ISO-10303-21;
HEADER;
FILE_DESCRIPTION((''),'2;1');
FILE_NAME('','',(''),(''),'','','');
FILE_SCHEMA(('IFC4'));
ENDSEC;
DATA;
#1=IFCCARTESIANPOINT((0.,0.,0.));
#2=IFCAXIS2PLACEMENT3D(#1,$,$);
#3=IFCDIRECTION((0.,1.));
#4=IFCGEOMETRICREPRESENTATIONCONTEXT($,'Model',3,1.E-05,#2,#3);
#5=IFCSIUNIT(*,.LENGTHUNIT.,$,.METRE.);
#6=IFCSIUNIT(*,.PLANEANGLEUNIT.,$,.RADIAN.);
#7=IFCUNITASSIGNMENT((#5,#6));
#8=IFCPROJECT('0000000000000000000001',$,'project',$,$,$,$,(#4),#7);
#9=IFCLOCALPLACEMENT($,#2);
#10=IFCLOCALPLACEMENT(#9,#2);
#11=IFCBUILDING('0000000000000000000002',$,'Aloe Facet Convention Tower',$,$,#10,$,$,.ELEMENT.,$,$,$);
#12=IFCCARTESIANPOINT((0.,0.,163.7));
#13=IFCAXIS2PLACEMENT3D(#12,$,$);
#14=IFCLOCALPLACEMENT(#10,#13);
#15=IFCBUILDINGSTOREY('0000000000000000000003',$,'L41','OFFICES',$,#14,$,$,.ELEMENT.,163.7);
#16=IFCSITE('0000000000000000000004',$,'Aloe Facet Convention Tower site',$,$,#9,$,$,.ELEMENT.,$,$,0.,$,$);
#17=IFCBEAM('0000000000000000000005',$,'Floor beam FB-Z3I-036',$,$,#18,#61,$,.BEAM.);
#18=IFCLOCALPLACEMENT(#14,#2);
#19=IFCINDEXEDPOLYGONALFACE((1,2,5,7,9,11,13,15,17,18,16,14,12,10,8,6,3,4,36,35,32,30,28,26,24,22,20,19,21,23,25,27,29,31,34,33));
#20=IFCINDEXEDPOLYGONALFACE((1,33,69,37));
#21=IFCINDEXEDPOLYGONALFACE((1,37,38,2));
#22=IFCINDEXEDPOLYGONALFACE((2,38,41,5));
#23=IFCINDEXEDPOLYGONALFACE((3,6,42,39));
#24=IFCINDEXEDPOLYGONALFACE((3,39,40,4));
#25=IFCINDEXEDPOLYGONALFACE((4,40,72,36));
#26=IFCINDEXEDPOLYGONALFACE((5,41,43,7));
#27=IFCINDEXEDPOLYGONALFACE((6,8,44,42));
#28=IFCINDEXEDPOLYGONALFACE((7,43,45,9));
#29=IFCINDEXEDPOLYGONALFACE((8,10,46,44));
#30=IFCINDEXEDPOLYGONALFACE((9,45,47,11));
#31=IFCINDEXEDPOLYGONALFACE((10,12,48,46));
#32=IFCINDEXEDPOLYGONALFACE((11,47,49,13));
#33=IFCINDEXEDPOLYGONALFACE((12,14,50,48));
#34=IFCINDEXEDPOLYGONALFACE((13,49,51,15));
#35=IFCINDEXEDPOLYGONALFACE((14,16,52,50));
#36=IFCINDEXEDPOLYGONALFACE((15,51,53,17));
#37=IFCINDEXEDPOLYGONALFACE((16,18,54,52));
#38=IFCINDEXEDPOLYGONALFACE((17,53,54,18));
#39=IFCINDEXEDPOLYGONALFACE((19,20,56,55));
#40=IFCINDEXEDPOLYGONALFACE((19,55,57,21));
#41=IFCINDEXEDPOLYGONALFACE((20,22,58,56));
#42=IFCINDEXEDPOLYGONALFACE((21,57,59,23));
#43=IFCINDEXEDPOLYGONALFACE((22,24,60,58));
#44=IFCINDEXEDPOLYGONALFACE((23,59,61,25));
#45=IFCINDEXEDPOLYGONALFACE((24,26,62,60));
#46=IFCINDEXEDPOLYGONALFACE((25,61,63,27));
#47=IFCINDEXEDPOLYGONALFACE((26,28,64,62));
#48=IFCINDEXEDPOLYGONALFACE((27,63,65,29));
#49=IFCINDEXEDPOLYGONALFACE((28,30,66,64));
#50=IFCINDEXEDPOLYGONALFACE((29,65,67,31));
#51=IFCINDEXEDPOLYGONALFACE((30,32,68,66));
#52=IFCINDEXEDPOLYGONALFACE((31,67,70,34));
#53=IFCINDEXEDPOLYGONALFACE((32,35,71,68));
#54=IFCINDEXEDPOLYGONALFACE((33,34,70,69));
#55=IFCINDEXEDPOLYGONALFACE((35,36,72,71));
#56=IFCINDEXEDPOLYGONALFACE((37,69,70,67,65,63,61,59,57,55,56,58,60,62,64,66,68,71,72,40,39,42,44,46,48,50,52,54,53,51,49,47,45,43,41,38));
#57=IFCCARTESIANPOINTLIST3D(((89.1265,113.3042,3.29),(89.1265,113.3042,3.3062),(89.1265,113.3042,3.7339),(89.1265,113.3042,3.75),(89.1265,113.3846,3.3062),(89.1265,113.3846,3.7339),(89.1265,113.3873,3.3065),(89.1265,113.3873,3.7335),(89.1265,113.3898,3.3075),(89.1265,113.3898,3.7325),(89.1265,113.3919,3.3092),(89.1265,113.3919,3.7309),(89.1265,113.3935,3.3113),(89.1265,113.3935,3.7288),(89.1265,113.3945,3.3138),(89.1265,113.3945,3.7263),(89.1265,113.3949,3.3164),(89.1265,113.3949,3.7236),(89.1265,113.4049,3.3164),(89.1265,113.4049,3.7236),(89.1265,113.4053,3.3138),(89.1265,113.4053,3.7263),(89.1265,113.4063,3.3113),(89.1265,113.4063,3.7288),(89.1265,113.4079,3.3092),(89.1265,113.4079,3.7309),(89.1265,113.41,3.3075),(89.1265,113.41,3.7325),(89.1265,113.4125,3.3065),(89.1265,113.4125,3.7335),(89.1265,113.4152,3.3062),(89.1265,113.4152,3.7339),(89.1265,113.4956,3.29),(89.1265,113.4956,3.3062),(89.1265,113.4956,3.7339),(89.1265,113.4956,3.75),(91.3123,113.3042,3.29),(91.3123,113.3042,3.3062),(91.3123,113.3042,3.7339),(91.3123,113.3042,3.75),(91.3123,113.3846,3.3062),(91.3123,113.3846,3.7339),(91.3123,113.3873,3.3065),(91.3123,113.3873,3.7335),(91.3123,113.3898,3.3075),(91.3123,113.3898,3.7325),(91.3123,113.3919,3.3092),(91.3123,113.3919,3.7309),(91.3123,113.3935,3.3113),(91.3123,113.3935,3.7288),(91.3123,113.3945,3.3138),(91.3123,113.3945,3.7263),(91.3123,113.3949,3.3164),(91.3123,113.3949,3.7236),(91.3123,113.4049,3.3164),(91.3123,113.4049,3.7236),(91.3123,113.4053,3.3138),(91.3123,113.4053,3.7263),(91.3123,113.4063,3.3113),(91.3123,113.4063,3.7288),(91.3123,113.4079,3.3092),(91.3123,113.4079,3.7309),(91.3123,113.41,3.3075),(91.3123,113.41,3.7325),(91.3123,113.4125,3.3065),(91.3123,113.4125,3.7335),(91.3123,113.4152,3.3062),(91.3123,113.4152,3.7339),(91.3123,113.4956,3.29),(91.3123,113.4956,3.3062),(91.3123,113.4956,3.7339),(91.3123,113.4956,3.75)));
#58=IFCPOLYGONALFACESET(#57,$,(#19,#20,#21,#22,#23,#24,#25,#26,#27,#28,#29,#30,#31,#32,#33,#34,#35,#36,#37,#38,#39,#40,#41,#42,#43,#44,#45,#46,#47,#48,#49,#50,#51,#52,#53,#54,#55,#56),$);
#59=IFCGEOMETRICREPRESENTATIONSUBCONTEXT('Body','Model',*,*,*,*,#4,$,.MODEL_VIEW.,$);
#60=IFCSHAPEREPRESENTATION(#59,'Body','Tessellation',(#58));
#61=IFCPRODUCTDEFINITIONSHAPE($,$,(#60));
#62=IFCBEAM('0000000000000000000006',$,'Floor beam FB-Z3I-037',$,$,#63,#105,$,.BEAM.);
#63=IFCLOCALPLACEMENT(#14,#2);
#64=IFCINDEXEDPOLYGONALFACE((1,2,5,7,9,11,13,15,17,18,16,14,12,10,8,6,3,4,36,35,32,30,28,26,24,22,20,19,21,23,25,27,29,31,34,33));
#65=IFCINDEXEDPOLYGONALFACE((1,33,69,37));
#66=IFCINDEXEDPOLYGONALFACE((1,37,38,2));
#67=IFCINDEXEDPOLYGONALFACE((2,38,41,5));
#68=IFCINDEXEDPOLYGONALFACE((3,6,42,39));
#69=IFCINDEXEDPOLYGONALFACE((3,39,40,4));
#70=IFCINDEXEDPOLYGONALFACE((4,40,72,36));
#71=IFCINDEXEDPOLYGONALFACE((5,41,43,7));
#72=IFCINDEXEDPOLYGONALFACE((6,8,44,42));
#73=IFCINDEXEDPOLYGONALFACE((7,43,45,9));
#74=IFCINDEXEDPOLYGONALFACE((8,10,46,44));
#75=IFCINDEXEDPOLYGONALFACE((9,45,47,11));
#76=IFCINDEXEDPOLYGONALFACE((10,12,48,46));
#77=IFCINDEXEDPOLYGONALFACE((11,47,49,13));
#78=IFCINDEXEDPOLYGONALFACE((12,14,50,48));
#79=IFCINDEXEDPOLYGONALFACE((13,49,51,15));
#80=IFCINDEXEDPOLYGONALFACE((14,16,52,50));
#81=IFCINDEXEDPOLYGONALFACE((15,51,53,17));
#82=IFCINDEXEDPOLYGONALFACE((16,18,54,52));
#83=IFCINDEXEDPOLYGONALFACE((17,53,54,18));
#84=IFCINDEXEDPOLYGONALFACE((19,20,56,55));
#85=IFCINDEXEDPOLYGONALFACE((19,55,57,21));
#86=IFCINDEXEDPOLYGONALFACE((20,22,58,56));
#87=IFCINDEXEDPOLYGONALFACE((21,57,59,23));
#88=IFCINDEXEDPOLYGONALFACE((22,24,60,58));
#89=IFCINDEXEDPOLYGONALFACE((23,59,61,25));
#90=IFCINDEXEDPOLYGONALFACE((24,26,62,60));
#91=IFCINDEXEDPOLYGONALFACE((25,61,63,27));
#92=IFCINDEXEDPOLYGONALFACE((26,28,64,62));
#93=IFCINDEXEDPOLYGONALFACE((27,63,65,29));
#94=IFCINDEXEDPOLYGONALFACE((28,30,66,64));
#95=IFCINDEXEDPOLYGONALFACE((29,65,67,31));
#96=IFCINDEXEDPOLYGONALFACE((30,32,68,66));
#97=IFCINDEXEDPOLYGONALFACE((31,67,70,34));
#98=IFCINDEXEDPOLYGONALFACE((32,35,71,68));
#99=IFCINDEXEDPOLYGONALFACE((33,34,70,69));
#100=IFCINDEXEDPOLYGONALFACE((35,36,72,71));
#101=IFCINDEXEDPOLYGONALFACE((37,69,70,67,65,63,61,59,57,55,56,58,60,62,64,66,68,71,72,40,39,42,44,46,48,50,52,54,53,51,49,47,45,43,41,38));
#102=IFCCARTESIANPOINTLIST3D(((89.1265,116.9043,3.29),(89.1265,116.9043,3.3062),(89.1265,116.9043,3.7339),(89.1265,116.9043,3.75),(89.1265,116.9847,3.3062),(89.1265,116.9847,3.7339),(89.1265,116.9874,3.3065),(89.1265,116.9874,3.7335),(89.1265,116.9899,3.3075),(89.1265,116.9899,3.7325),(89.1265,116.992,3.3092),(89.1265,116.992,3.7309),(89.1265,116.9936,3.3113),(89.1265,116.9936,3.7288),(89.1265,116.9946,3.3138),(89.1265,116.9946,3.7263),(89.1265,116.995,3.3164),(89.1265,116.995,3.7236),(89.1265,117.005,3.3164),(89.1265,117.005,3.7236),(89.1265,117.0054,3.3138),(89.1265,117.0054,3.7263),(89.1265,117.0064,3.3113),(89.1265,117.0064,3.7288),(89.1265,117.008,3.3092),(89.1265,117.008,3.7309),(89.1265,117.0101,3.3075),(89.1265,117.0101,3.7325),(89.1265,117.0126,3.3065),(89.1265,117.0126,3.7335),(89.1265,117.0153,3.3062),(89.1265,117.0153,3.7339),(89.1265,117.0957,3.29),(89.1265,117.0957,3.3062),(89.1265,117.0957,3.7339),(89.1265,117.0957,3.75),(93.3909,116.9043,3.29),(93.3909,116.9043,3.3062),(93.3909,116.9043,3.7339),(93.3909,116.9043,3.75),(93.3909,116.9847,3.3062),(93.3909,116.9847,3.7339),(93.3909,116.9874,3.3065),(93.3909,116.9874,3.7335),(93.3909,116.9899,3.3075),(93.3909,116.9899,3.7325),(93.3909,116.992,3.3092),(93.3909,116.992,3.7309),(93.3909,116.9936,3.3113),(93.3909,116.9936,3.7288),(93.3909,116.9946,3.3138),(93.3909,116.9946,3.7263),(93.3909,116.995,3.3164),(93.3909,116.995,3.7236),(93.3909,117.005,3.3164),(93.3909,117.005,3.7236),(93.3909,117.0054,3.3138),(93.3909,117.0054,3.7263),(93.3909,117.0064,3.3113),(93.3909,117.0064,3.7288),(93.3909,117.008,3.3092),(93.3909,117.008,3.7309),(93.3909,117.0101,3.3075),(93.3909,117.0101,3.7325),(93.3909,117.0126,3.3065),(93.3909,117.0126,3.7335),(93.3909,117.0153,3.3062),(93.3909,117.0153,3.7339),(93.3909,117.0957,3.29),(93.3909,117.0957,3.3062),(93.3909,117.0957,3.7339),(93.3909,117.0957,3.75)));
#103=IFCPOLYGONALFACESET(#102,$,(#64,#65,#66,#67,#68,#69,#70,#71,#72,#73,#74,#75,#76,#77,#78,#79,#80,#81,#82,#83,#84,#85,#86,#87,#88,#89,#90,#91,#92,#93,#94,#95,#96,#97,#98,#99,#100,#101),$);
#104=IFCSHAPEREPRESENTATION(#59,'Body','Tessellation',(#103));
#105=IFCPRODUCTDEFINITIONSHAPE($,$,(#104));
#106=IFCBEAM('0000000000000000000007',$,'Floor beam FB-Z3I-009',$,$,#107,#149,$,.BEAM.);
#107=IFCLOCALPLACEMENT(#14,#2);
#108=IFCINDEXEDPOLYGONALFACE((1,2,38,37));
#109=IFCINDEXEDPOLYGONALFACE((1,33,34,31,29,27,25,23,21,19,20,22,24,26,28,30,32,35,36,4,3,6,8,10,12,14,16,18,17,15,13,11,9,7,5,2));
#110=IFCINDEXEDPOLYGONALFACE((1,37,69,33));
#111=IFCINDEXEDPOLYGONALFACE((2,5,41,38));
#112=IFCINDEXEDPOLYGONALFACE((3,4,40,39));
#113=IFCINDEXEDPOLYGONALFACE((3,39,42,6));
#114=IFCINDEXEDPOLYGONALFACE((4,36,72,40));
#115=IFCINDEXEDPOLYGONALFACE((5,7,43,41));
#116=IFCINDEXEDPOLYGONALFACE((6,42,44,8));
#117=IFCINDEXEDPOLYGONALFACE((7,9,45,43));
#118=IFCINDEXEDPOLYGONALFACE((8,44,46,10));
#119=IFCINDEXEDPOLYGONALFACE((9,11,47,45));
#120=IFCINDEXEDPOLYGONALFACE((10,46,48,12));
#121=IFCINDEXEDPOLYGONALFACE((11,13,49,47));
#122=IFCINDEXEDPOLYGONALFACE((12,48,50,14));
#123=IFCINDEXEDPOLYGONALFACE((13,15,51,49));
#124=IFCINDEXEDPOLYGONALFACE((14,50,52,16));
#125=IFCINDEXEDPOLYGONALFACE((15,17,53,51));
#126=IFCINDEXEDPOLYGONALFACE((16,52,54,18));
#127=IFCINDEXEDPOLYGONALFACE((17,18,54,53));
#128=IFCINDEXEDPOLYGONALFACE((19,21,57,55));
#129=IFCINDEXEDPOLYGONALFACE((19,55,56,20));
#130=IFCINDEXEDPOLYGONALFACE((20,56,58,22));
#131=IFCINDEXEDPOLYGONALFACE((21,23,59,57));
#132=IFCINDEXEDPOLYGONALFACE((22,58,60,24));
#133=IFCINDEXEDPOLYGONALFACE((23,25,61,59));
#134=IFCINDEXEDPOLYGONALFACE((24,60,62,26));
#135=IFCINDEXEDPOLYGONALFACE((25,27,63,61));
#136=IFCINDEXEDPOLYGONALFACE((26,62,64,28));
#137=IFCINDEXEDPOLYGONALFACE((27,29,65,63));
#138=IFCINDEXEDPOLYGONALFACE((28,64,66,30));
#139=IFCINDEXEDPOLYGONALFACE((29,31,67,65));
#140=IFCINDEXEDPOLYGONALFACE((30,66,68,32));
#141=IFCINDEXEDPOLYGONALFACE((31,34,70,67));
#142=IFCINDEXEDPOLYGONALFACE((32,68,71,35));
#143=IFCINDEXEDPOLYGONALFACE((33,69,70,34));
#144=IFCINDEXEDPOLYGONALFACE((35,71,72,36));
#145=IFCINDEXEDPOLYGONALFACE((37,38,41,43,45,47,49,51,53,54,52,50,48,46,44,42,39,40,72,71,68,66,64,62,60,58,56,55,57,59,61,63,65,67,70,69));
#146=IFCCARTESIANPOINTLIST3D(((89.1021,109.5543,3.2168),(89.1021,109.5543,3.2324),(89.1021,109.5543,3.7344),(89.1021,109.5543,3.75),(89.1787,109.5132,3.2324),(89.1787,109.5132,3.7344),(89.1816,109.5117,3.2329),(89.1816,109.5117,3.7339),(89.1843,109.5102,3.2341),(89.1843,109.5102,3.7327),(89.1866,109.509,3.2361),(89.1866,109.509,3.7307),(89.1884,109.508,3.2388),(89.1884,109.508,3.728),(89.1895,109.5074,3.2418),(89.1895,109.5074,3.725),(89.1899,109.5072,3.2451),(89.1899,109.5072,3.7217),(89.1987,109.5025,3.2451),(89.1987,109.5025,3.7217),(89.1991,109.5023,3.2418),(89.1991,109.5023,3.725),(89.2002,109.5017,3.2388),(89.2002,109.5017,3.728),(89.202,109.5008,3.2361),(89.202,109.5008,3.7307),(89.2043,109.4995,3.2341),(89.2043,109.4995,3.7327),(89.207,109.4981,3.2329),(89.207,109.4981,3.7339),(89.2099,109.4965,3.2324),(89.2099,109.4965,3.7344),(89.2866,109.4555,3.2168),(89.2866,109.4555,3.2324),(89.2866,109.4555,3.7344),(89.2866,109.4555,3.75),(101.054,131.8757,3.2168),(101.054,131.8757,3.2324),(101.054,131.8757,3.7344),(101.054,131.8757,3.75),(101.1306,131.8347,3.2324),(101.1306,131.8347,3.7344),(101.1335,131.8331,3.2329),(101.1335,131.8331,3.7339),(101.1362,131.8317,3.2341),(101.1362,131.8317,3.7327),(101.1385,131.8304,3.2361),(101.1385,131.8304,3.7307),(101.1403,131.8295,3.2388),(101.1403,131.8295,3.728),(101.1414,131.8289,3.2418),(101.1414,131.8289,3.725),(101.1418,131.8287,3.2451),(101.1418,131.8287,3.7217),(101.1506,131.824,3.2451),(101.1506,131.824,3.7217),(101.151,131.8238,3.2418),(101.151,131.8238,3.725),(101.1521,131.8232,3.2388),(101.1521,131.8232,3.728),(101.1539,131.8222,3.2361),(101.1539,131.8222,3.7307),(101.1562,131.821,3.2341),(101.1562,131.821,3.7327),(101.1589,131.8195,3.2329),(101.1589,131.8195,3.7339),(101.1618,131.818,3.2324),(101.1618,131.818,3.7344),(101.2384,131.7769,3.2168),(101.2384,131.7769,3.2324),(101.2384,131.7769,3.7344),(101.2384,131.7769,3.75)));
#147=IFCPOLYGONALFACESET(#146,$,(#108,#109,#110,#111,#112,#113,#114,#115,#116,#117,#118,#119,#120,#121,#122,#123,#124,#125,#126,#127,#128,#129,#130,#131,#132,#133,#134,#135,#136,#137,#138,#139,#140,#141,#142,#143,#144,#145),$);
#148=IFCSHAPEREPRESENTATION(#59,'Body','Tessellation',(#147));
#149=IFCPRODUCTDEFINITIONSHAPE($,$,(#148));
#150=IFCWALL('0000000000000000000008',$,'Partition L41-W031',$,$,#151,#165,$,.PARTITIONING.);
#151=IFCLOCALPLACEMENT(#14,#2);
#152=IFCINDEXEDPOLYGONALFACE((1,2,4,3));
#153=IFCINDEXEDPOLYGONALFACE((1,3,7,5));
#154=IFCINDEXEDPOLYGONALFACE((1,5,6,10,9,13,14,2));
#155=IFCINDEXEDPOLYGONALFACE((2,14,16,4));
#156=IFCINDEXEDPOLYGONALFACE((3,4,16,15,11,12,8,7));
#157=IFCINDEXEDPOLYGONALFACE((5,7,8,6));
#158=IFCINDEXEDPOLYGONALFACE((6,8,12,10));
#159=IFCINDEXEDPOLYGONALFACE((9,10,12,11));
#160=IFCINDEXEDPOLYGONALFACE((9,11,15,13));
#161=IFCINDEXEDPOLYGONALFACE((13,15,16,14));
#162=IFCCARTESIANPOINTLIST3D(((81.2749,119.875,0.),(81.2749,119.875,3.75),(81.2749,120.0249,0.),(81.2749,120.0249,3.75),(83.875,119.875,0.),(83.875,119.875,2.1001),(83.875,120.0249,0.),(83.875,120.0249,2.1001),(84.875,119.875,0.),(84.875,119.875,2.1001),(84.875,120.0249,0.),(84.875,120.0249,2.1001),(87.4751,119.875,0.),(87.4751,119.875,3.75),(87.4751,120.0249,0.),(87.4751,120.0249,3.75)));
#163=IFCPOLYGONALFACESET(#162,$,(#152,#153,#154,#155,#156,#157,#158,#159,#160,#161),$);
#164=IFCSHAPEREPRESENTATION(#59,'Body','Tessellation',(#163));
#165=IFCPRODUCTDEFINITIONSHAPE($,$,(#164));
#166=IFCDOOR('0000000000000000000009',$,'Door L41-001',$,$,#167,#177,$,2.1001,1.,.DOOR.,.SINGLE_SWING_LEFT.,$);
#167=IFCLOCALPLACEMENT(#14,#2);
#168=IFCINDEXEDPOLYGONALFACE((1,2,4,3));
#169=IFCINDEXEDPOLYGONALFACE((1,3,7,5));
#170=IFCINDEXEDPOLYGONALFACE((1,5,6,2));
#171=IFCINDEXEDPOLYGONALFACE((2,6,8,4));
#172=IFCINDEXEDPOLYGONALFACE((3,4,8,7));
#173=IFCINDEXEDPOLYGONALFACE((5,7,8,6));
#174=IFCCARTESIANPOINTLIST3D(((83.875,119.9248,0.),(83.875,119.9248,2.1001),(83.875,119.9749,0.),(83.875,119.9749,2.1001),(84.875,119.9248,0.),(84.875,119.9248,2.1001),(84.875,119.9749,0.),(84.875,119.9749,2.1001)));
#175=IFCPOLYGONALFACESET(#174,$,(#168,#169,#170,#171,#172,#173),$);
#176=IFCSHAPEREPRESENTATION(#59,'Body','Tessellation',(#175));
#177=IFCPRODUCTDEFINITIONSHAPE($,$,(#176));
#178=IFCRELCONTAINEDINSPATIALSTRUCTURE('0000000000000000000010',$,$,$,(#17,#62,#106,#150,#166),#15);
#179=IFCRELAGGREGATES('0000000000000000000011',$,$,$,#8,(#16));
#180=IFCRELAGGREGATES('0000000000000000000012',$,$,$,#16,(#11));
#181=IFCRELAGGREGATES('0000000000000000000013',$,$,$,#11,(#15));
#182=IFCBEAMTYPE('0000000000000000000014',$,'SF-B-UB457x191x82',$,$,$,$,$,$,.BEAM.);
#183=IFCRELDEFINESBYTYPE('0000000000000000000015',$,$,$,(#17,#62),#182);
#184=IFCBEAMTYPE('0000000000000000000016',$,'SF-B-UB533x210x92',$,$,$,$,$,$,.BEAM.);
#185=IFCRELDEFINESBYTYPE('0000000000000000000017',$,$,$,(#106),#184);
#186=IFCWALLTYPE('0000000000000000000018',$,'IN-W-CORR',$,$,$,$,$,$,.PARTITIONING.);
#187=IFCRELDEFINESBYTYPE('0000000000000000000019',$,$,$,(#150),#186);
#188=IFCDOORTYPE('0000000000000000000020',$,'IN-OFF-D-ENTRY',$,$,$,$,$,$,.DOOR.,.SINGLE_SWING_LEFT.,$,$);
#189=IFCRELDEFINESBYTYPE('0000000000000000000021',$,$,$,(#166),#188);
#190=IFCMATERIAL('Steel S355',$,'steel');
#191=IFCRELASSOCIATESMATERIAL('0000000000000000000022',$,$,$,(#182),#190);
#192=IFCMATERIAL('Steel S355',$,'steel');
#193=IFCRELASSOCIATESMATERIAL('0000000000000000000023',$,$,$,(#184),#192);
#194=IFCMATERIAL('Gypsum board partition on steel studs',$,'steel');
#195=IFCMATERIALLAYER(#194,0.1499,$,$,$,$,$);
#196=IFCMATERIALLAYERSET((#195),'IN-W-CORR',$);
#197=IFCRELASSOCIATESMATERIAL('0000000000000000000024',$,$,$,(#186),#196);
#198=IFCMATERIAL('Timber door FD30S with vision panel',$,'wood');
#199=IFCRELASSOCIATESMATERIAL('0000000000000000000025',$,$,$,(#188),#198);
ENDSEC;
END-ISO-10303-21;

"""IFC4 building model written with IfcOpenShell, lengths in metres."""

from ifc_helpers import new_model, si_unit, direction, frame, frame_2d, origin, origin_2d, place, context, subcontext, project, spatial, rectangle, i_section, extrude, material, layer, layer_set, material_profile, profile_set, type_object, element, fill, save


model = new_model("IFC4")

# Units and contexts
model_context = context("Model", 3, precision=1e-05, world=origin(), true_north=direction((0.0, 1.0)))
body_context = subcontext(model_context, "Body", "Model", "MODEL_VIEW")
ifc_project = project(units=[si_unit("LENGTHUNIT", "METRE"), si_unit("PLANEANGLEUNIT", "RADIAN")], contexts=[model_context])

# Site, building, storey
site_placement = place(None, origin())
site = spatial("IfcSite", under=ifc_project, at=site_placement, Name="Aloe Facet Convention Tower site", CompositionType="ELEMENT", RefElevation=0.0)
building_placement = place(site_placement, origin())
building = spatial("IfcBuilding", under=site, at=building_placement, Name="Aloe Facet Convention Tower", CompositionType="ELEMENT")
storey_placement = place(building_placement, frame((0.0, 0.0, 163.7)))
storey = spatial("IfcBuildingStorey", under=building, at=storey_placement, Name="L41", Description="OFFICES", CompositionType="ELEMENT", Elevation=163.7)

# Beams
ifc_material_1 = material(Name="Steel S355", Category="steel")
ifc_material_profile_1 = material_profile(ifc_material_1, i_section(OverallWidth=0.1914, OverallDepth=0.46, WebThickness=0.01, FlangeThickness=0.0161, FilletRadius=0.0103, at=origin_2d()), Name="UB 457x191x82")
ifc_profile_set_1 = profile_set([ifc_material_profile_1], Name="Steel S355")
beam_type_1 = type_object("IfcBeamType", Name="SF-B-UB457x191x82", PredefinedType="BEAM", material=ifc_profile_set_1)
beam_1_placement = place(storey_placement, frame((89.1265, 113.3999, 3.52), z_axis=(1.0, 0.0, 0.0), x_axis=(0.0, 1.0, 0.0)))
element("IfcBeam", 1, at=beam_1_placement, inside=storey, type_object=beam_type_1, Name="Floor beam FB-Z3I-036", PredefinedType="BEAM", context=body_context, shape_type="SweptSolid", body=[
    extrude(i_section(OverallWidth=0.1914, OverallDepth=0.46, WebThickness=0.01, FlangeThickness=0.0161, FilletRadius=0.0103, at=origin_2d()), origin(), (0.0, 0.0, 1.0), 2.1858),
])
beam_2_placement = place(storey_placement, frame((89.1265, 117.0, 3.52), z_axis=(1.0, 0.0, 0.0), x_axis=(0.0, 1.0, 0.0)))
element("IfcBeam", 2, at=beam_2_placement, inside=storey, type_object=beam_type_1, Name="Floor beam FB-Z3I-037", PredefinedType="BEAM", context=body_context, shape_type="SweptSolid", body=[
    extrude(i_section(OverallWidth=0.1914, OverallDepth=0.46, WebThickness=0.01, FlangeThickness=0.0161, FilletRadius=0.0103, at=origin_2d()), origin(), (0.0, 0.0, 1.0), 4.2644),
])
ifc_material_2 = material(Name="Steel S355", Category="steel")
ifc_material_profile_2 = material_profile(ifc_material_2, i_section(OverallWidth=0.2092, OverallDepth=0.5332, WebThickness=0.01, FlangeThickness=0.0156, FilletRadius=0.0127, at=origin_2d()), Name="UB 533x210x92")
ifc_profile_set_2 = profile_set([ifc_material_profile_2], Name="Steel S355")
beam_type_2 = type_object("IfcBeamType", Name="SF-B-UB533x210x92", PredefinedType="BEAM", material=ifc_profile_set_2)
beam_3_placement = place(storey_placement, frame((89.1943, 109.5049, 3.4834), z_axis=(0.472035, 0.88158, 0.0), x_axis=(-0.88158, 0.472035, 0.0)))
element("IfcBeam", 3, at=beam_3_placement, inside=storey, type_object=beam_type_2, Name="Floor beam FB-Z3I-009", PredefinedType="BEAM", context=body_context, shape_type="SweptSolid", body=[
    extrude(i_section(OverallWidth=0.2092, OverallDepth=0.5332, WebThickness=0.01, FlangeThickness=0.0156, FilletRadius=0.0127, at=origin_2d()), origin(), (0.0, 0.0, 1.0), 25.3198),
])

# Wall, opening, door
ifc_material_3 = material(Name="Gypsum board partition on steel studs", Category="steel")
ifc_layer_1 = layer(ifc_material_3, 0.1499)
ifc_layer_set_1 = layer_set([ifc_layer_1], Name="IN-W-CORR")
wall_type_1 = type_object("IfcWallType", Name="IN-W-CORR", PredefinedType="PARTITIONING", material=ifc_layer_set_1)
wall_1_placement = place(storey_placement, frame((81.2749, 119.95, 0.0), z_axis=(0.0, 0.0, 1.0), x_axis=(1.0, 0.0, 0.0)))
wall_1 = element("IfcWall", 4, at=wall_1_placement, inside=storey, type_object=wall_type_1, Name="Partition L41-W031", PredefinedType="PARTITIONING", context=body_context, shape_type="SweptSolid", body=[
    extrude(rectangle(XDim=6.2002, YDim=0.1499, at=frame_2d((3.1001, 0.0))), origin(), (0.0, 0.0, 1.0), 3.75),
])
opening_1_placement = place(wall_1_placement, frame((2.6001, 0.0, 0.0)))
opening_1 = element("IfcOpeningElement", 5, at=opening_1_placement, cuts=wall_1, PredefinedType="OPENING", context=body_context, shape_type="SweptSolid", body=[
    extrude(rectangle(XDim=1.0, YDim=2.1001, at=frame_2d((0.5, 1.05))), frame((0.0, 0.085, 0.0), z_axis=(0.0, -1.0, 0.0), x_axis=(1.0, 0.0, 0.0)), (0.0, 0.0, 1.0), 0.1699),
])
ifc_material_4 = material(Name="Timber door FD30S with vision panel", Category="wood")
door_type_1 = type_object("IfcDoorType", Name="IN-OFF-D-ENTRY", OperationType="SINGLE_SWING_LEFT", PredefinedType="DOOR", material=ifc_material_4)
door_1_placement = place(opening_1_placement, origin())
door_1 = element("IfcDoor", 6, at=door_1_placement, inside=storey, type_object=door_type_1, Name="Door L41-001", OperationType="SINGLE_SWING_LEFT", OverallHeight=2.1001, OverallWidth=1.0, PredefinedType="DOOR", context=body_context, shape_type="SweptSolid", body=[
    extrude(rectangle(XDim=1.0, YDim=2.1001, at=frame_2d((0.5, 1.05))), frame((0.0, 0.0249, 0.0), z_axis=(0.0, -1.0, 0.0), x_axis=(1.0, 0.0, 0.0)), (0.0, 0.0, 1.0), 0.05),
])
fill(opening_1, door_1)

save(model, "model.ifc")
